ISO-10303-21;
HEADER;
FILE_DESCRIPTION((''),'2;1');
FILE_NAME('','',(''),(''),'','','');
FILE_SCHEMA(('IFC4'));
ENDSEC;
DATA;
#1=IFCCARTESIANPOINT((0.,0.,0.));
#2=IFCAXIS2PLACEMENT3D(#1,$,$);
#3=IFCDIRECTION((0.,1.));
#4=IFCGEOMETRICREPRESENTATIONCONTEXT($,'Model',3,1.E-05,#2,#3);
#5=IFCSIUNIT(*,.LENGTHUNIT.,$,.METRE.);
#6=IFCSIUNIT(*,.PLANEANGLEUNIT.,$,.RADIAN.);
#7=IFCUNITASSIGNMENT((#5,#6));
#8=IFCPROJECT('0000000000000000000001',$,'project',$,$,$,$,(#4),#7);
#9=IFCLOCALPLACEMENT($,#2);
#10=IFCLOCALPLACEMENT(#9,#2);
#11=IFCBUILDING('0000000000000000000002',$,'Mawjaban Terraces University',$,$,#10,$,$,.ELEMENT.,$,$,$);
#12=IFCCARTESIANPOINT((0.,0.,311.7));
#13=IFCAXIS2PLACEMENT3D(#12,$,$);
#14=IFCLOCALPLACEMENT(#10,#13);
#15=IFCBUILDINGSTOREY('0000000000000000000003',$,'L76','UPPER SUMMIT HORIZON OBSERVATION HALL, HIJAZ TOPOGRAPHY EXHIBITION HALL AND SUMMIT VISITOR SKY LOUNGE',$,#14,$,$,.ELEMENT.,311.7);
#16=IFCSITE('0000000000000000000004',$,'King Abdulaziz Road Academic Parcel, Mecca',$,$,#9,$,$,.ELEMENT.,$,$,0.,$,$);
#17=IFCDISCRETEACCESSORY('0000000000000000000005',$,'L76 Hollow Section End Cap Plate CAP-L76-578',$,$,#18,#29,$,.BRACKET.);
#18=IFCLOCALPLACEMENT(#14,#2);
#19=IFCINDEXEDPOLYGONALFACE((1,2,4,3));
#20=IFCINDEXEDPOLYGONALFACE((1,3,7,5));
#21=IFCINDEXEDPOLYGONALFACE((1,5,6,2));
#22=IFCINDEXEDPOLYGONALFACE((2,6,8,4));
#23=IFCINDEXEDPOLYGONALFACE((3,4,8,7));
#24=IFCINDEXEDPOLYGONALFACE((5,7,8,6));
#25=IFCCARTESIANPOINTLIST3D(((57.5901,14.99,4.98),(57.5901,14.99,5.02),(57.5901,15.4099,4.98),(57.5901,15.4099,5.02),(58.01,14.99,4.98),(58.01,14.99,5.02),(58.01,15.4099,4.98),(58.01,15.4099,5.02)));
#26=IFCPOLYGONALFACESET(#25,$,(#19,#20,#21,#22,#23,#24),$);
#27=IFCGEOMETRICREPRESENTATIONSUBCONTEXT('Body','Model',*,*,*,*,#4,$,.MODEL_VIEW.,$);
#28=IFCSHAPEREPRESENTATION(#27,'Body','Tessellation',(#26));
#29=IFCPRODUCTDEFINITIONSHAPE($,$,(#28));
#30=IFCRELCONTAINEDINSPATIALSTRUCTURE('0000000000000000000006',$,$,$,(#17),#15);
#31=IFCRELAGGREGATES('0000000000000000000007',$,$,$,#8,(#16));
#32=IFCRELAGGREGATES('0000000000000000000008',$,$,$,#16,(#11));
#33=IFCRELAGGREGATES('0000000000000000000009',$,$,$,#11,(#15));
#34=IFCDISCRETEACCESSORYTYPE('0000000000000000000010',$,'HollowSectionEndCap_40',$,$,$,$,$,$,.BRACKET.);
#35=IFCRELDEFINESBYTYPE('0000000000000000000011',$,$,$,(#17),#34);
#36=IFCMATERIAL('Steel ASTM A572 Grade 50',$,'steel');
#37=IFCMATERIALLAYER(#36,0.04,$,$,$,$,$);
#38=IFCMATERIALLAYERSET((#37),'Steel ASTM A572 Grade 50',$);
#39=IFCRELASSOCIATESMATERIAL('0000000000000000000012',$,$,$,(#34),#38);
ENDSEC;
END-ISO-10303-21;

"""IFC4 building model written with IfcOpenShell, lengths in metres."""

from ifc_helpers import new_model, si_unit, direction, frame, origin, origin_2d, place, context, subcontext, project, spatial, rectangle, extrude, material, layer, layer_set, type_object, element, save


model = new_model("IFC4")

# Units and contexts
model_context = context("Model", 3, precision=1e-05, world=origin(), true_north=direction((0.0, 1.0)))
body_context = subcontext(model_context, "Body", "Model", "MODEL_VIEW")
ifc_project = project(units=[si_unit("LENGTHUNIT", "METRE"), si_unit("PLANEANGLEUNIT", "RADIAN")], contexts=[model_context])

# Site, building, storey
site_placement = place(None, origin())
site = spatial("IfcSite", under=ifc_project, at=site_placement, Name="King Abdulaziz Road Academic Parcel, Mecca", CompositionType="ELEMENT", RefElevation=0.0)
building_placement = place(site_placement, origin())
building = spatial("IfcBuilding", under=site, at=building_placement, Name="Mawjaban Terraces University", CompositionType="ELEMENT")
storey_placement = place(building_placement, frame((0.0, 0.0, 311.7)))
storey = spatial("IfcBuildingStorey", under=building, at=storey_placement, Name="L76", Description="UPPER SUMMIT HORIZON OBSERVATION HALL, HIJAZ TOPOGRAPHY EXHIBITION HALL AND SUMMIT VISITOR SKY LOUNGE", CompositionType="ELEMENT", Elevation=311.7)

# Shared definitions
ifc_material_1 = material(Name="Steel ASTM A572 Grade 50", Category="steel")

# Discrete accessory
ifc_layer_1 = layer(ifc_material_1, 0.04)
ifc_layer_set_1 = layer_set([ifc_layer_1], Name="Steel ASTM A572 Grade 50")
discrete_accessory_type = type_object("IfcDiscreteAccessoryType", Name="HollowSectionEndCap_40", PredefinedType="BRACKET", material=ifc_layer_set_1)
for number, where, z_axis, x_axis, name in (
    (1, (57.8, 15.2, 4.98), (0.0, 0.0, 1.0), (1.0, 0.0, 0.0), "L76 Hollow Section End Cap Plate CAP-L76-578"),
):
    element("IfcDiscreteAccessory", number, at=place(storey_placement, frame(where, z_axis=z_axis, x_axis=x_axis)), inside=storey, type_object=discrete_accessory_type, Name=name, PredefinedType="BRACKET", context=body_context, shape_type="SweptSolid", body=[
        extrude(rectangle(XDim=0.4199, YDim=0.4199, at=origin_2d()), origin(), (0.0, 0.0, 1.0), 0.04),
    ])

save(model, "model.ifc")
